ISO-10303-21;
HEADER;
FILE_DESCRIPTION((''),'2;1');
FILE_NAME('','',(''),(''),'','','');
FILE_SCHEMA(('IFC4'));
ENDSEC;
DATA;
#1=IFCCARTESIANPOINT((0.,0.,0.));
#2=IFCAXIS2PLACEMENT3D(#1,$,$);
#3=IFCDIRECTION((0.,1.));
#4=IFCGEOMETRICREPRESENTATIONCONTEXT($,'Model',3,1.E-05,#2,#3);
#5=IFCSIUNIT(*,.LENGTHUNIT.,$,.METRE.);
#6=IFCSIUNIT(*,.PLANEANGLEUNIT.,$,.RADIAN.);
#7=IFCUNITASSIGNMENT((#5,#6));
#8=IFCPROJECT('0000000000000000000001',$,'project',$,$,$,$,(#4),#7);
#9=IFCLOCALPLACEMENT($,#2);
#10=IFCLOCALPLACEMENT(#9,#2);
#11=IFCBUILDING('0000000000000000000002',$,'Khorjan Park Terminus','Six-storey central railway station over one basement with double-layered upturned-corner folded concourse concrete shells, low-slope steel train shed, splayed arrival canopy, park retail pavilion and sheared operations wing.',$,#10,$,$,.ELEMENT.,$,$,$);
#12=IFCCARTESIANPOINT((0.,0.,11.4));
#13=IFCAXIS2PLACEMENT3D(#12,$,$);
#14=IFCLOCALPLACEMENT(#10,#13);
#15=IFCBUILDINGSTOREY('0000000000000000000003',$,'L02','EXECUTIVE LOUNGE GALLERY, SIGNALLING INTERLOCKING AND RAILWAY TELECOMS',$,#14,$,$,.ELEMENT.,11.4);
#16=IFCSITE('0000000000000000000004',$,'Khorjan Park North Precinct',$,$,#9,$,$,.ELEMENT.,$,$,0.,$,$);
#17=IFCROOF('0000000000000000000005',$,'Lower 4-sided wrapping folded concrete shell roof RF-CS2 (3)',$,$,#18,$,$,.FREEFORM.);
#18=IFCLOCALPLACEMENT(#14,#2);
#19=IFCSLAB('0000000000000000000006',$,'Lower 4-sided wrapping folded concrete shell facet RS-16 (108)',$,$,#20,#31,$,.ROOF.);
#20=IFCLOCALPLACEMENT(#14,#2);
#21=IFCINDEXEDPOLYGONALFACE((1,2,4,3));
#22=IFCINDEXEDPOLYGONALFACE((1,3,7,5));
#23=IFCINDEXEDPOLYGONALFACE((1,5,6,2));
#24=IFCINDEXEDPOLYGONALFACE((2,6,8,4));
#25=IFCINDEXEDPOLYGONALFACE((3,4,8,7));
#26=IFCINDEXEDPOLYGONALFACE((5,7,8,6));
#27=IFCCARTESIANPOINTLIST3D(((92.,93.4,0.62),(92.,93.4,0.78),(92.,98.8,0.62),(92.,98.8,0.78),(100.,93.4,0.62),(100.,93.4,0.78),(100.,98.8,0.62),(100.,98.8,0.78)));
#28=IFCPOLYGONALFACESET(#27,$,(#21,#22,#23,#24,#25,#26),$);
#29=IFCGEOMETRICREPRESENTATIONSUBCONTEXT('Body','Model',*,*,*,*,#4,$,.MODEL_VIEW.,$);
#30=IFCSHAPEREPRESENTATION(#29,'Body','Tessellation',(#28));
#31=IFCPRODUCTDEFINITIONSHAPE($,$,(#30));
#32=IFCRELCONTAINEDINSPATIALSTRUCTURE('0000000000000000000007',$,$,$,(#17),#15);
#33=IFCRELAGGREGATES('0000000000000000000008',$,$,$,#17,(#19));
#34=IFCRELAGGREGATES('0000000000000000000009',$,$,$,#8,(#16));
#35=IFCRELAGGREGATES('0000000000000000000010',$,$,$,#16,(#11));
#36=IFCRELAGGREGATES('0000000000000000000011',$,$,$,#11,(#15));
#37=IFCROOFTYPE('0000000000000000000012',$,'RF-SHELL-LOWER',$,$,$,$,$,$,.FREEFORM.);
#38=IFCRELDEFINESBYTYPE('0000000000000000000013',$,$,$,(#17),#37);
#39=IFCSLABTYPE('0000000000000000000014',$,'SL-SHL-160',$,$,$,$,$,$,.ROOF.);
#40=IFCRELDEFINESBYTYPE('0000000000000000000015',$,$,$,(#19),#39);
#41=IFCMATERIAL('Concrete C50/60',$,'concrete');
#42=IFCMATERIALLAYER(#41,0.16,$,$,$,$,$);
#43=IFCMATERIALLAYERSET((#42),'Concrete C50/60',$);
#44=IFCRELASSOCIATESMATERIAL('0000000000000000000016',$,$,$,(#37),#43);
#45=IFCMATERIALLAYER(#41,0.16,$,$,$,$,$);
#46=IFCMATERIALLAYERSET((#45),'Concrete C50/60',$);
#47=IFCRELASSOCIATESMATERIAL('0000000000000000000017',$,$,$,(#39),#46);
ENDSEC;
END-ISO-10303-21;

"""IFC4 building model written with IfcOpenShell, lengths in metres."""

from ifc_helpers import new_model, si_unit, direction, frame, origin, place, context, subcontext, project, spatial, polyline, outline, extrude, material, layer, layer_set, type_object, element, aggregate, save


model = new_model("IFC4")

# Units and contexts
model_context = context("Model", 3, precision=1e-05, world=origin(), true_north=direction((0.0, 1.0)))
body_context = subcontext(model_context, "Body", "Model", "MODEL_VIEW")
ifc_project = project(units=[si_unit("LENGTHUNIT", "METRE"), si_unit("PLANEANGLEUNIT", "RADIAN")], contexts=[model_context])

# Site, building, storey
site_placement = place(None, origin())
site = spatial("IfcSite", under=ifc_project, at=site_placement, Name="Khorjan Park North Precinct", CompositionType="ELEMENT", RefElevation=0.0)
building_placement = place(site_placement, origin())
building = spatial("IfcBuilding", under=site, at=building_placement, Name="Khorjan Park Terminus", Description="Six-storey central railway station over one basement with double-layered upturned-corner folded concourse concrete shells, low-slope steel train shed, splayed arrival canopy, park retail pavilion and sheared operations wing.", CompositionType="ELEMENT")
storey_placement = place(building_placement, frame((0.0, 0.0, 11.4)))
storey = spatial("IfcBuildingStorey", under=building, at=storey_placement, Name="L02", Description="EXECUTIVE LOUNGE GALLERY, SIGNALLING INTERLOCKING AND RAILWAY TELECOMS", CompositionType="ELEMENT", Elevation=11.4)

# Shared definitions
ifc_material_1 = material(Name="Concrete C50/60", Category="concrete")
ifc_layer_1 = layer(ifc_material_1, 0.16)
ifc_layer_set_1 = layer_set([ifc_layer_1], Name="Concrete C50/60")
roof_type = type_object("IfcRoofType", Name="RF-SHELL-LOWER", PredefinedType="FREEFORM", material=ifc_layer_set_1)
ifc_layer_2 = layer(ifc_material_1, 0.16)
ifc_layer_set_2 = layer_set([ifc_layer_2], Name="Concrete C50/60")
slab_type = type_object("IfcSlabType", Name="SL-SHL-160", PredefinedType="ROOF", material=ifc_layer_set_2)

# Roof, slab
roof_1_placement = place(storey_placement, origin())
roof_1 = element("IfcRoof", 1, at=roof_1_placement, inside=storey, type_object=roof_type, Name="Lower 4-sided wrapping folded concrete shell roof RF-CS2 (3)", PredefinedType="FREEFORM")
slab_1_placement = place(storey_placement, frame((92.0, 93.4, 0.78), z_axis=(0.0, 0.0, 1.0), x_axis=(1.0, 0.0, 0.0)))
slab_1 = element("IfcSlab", 2, at=slab_1_placement, type_object=slab_type, Name="Lower 4-sided wrapping folded concrete shell facet RS-16 (108)", PredefinedType="ROOF", context=body_context, shape_type="SweptSolid", body=[
    extrude(outline(polyline([(0.0, 0.0), (8.0, 0.0), (8.0, 5.4), (0.0, 5.4), (0.0, 0.0)])), origin(), (0.0, 0.0, -1.0), 0.16),
])
aggregate(roof_1, [slab_1])

save(model, "model.ifc")
